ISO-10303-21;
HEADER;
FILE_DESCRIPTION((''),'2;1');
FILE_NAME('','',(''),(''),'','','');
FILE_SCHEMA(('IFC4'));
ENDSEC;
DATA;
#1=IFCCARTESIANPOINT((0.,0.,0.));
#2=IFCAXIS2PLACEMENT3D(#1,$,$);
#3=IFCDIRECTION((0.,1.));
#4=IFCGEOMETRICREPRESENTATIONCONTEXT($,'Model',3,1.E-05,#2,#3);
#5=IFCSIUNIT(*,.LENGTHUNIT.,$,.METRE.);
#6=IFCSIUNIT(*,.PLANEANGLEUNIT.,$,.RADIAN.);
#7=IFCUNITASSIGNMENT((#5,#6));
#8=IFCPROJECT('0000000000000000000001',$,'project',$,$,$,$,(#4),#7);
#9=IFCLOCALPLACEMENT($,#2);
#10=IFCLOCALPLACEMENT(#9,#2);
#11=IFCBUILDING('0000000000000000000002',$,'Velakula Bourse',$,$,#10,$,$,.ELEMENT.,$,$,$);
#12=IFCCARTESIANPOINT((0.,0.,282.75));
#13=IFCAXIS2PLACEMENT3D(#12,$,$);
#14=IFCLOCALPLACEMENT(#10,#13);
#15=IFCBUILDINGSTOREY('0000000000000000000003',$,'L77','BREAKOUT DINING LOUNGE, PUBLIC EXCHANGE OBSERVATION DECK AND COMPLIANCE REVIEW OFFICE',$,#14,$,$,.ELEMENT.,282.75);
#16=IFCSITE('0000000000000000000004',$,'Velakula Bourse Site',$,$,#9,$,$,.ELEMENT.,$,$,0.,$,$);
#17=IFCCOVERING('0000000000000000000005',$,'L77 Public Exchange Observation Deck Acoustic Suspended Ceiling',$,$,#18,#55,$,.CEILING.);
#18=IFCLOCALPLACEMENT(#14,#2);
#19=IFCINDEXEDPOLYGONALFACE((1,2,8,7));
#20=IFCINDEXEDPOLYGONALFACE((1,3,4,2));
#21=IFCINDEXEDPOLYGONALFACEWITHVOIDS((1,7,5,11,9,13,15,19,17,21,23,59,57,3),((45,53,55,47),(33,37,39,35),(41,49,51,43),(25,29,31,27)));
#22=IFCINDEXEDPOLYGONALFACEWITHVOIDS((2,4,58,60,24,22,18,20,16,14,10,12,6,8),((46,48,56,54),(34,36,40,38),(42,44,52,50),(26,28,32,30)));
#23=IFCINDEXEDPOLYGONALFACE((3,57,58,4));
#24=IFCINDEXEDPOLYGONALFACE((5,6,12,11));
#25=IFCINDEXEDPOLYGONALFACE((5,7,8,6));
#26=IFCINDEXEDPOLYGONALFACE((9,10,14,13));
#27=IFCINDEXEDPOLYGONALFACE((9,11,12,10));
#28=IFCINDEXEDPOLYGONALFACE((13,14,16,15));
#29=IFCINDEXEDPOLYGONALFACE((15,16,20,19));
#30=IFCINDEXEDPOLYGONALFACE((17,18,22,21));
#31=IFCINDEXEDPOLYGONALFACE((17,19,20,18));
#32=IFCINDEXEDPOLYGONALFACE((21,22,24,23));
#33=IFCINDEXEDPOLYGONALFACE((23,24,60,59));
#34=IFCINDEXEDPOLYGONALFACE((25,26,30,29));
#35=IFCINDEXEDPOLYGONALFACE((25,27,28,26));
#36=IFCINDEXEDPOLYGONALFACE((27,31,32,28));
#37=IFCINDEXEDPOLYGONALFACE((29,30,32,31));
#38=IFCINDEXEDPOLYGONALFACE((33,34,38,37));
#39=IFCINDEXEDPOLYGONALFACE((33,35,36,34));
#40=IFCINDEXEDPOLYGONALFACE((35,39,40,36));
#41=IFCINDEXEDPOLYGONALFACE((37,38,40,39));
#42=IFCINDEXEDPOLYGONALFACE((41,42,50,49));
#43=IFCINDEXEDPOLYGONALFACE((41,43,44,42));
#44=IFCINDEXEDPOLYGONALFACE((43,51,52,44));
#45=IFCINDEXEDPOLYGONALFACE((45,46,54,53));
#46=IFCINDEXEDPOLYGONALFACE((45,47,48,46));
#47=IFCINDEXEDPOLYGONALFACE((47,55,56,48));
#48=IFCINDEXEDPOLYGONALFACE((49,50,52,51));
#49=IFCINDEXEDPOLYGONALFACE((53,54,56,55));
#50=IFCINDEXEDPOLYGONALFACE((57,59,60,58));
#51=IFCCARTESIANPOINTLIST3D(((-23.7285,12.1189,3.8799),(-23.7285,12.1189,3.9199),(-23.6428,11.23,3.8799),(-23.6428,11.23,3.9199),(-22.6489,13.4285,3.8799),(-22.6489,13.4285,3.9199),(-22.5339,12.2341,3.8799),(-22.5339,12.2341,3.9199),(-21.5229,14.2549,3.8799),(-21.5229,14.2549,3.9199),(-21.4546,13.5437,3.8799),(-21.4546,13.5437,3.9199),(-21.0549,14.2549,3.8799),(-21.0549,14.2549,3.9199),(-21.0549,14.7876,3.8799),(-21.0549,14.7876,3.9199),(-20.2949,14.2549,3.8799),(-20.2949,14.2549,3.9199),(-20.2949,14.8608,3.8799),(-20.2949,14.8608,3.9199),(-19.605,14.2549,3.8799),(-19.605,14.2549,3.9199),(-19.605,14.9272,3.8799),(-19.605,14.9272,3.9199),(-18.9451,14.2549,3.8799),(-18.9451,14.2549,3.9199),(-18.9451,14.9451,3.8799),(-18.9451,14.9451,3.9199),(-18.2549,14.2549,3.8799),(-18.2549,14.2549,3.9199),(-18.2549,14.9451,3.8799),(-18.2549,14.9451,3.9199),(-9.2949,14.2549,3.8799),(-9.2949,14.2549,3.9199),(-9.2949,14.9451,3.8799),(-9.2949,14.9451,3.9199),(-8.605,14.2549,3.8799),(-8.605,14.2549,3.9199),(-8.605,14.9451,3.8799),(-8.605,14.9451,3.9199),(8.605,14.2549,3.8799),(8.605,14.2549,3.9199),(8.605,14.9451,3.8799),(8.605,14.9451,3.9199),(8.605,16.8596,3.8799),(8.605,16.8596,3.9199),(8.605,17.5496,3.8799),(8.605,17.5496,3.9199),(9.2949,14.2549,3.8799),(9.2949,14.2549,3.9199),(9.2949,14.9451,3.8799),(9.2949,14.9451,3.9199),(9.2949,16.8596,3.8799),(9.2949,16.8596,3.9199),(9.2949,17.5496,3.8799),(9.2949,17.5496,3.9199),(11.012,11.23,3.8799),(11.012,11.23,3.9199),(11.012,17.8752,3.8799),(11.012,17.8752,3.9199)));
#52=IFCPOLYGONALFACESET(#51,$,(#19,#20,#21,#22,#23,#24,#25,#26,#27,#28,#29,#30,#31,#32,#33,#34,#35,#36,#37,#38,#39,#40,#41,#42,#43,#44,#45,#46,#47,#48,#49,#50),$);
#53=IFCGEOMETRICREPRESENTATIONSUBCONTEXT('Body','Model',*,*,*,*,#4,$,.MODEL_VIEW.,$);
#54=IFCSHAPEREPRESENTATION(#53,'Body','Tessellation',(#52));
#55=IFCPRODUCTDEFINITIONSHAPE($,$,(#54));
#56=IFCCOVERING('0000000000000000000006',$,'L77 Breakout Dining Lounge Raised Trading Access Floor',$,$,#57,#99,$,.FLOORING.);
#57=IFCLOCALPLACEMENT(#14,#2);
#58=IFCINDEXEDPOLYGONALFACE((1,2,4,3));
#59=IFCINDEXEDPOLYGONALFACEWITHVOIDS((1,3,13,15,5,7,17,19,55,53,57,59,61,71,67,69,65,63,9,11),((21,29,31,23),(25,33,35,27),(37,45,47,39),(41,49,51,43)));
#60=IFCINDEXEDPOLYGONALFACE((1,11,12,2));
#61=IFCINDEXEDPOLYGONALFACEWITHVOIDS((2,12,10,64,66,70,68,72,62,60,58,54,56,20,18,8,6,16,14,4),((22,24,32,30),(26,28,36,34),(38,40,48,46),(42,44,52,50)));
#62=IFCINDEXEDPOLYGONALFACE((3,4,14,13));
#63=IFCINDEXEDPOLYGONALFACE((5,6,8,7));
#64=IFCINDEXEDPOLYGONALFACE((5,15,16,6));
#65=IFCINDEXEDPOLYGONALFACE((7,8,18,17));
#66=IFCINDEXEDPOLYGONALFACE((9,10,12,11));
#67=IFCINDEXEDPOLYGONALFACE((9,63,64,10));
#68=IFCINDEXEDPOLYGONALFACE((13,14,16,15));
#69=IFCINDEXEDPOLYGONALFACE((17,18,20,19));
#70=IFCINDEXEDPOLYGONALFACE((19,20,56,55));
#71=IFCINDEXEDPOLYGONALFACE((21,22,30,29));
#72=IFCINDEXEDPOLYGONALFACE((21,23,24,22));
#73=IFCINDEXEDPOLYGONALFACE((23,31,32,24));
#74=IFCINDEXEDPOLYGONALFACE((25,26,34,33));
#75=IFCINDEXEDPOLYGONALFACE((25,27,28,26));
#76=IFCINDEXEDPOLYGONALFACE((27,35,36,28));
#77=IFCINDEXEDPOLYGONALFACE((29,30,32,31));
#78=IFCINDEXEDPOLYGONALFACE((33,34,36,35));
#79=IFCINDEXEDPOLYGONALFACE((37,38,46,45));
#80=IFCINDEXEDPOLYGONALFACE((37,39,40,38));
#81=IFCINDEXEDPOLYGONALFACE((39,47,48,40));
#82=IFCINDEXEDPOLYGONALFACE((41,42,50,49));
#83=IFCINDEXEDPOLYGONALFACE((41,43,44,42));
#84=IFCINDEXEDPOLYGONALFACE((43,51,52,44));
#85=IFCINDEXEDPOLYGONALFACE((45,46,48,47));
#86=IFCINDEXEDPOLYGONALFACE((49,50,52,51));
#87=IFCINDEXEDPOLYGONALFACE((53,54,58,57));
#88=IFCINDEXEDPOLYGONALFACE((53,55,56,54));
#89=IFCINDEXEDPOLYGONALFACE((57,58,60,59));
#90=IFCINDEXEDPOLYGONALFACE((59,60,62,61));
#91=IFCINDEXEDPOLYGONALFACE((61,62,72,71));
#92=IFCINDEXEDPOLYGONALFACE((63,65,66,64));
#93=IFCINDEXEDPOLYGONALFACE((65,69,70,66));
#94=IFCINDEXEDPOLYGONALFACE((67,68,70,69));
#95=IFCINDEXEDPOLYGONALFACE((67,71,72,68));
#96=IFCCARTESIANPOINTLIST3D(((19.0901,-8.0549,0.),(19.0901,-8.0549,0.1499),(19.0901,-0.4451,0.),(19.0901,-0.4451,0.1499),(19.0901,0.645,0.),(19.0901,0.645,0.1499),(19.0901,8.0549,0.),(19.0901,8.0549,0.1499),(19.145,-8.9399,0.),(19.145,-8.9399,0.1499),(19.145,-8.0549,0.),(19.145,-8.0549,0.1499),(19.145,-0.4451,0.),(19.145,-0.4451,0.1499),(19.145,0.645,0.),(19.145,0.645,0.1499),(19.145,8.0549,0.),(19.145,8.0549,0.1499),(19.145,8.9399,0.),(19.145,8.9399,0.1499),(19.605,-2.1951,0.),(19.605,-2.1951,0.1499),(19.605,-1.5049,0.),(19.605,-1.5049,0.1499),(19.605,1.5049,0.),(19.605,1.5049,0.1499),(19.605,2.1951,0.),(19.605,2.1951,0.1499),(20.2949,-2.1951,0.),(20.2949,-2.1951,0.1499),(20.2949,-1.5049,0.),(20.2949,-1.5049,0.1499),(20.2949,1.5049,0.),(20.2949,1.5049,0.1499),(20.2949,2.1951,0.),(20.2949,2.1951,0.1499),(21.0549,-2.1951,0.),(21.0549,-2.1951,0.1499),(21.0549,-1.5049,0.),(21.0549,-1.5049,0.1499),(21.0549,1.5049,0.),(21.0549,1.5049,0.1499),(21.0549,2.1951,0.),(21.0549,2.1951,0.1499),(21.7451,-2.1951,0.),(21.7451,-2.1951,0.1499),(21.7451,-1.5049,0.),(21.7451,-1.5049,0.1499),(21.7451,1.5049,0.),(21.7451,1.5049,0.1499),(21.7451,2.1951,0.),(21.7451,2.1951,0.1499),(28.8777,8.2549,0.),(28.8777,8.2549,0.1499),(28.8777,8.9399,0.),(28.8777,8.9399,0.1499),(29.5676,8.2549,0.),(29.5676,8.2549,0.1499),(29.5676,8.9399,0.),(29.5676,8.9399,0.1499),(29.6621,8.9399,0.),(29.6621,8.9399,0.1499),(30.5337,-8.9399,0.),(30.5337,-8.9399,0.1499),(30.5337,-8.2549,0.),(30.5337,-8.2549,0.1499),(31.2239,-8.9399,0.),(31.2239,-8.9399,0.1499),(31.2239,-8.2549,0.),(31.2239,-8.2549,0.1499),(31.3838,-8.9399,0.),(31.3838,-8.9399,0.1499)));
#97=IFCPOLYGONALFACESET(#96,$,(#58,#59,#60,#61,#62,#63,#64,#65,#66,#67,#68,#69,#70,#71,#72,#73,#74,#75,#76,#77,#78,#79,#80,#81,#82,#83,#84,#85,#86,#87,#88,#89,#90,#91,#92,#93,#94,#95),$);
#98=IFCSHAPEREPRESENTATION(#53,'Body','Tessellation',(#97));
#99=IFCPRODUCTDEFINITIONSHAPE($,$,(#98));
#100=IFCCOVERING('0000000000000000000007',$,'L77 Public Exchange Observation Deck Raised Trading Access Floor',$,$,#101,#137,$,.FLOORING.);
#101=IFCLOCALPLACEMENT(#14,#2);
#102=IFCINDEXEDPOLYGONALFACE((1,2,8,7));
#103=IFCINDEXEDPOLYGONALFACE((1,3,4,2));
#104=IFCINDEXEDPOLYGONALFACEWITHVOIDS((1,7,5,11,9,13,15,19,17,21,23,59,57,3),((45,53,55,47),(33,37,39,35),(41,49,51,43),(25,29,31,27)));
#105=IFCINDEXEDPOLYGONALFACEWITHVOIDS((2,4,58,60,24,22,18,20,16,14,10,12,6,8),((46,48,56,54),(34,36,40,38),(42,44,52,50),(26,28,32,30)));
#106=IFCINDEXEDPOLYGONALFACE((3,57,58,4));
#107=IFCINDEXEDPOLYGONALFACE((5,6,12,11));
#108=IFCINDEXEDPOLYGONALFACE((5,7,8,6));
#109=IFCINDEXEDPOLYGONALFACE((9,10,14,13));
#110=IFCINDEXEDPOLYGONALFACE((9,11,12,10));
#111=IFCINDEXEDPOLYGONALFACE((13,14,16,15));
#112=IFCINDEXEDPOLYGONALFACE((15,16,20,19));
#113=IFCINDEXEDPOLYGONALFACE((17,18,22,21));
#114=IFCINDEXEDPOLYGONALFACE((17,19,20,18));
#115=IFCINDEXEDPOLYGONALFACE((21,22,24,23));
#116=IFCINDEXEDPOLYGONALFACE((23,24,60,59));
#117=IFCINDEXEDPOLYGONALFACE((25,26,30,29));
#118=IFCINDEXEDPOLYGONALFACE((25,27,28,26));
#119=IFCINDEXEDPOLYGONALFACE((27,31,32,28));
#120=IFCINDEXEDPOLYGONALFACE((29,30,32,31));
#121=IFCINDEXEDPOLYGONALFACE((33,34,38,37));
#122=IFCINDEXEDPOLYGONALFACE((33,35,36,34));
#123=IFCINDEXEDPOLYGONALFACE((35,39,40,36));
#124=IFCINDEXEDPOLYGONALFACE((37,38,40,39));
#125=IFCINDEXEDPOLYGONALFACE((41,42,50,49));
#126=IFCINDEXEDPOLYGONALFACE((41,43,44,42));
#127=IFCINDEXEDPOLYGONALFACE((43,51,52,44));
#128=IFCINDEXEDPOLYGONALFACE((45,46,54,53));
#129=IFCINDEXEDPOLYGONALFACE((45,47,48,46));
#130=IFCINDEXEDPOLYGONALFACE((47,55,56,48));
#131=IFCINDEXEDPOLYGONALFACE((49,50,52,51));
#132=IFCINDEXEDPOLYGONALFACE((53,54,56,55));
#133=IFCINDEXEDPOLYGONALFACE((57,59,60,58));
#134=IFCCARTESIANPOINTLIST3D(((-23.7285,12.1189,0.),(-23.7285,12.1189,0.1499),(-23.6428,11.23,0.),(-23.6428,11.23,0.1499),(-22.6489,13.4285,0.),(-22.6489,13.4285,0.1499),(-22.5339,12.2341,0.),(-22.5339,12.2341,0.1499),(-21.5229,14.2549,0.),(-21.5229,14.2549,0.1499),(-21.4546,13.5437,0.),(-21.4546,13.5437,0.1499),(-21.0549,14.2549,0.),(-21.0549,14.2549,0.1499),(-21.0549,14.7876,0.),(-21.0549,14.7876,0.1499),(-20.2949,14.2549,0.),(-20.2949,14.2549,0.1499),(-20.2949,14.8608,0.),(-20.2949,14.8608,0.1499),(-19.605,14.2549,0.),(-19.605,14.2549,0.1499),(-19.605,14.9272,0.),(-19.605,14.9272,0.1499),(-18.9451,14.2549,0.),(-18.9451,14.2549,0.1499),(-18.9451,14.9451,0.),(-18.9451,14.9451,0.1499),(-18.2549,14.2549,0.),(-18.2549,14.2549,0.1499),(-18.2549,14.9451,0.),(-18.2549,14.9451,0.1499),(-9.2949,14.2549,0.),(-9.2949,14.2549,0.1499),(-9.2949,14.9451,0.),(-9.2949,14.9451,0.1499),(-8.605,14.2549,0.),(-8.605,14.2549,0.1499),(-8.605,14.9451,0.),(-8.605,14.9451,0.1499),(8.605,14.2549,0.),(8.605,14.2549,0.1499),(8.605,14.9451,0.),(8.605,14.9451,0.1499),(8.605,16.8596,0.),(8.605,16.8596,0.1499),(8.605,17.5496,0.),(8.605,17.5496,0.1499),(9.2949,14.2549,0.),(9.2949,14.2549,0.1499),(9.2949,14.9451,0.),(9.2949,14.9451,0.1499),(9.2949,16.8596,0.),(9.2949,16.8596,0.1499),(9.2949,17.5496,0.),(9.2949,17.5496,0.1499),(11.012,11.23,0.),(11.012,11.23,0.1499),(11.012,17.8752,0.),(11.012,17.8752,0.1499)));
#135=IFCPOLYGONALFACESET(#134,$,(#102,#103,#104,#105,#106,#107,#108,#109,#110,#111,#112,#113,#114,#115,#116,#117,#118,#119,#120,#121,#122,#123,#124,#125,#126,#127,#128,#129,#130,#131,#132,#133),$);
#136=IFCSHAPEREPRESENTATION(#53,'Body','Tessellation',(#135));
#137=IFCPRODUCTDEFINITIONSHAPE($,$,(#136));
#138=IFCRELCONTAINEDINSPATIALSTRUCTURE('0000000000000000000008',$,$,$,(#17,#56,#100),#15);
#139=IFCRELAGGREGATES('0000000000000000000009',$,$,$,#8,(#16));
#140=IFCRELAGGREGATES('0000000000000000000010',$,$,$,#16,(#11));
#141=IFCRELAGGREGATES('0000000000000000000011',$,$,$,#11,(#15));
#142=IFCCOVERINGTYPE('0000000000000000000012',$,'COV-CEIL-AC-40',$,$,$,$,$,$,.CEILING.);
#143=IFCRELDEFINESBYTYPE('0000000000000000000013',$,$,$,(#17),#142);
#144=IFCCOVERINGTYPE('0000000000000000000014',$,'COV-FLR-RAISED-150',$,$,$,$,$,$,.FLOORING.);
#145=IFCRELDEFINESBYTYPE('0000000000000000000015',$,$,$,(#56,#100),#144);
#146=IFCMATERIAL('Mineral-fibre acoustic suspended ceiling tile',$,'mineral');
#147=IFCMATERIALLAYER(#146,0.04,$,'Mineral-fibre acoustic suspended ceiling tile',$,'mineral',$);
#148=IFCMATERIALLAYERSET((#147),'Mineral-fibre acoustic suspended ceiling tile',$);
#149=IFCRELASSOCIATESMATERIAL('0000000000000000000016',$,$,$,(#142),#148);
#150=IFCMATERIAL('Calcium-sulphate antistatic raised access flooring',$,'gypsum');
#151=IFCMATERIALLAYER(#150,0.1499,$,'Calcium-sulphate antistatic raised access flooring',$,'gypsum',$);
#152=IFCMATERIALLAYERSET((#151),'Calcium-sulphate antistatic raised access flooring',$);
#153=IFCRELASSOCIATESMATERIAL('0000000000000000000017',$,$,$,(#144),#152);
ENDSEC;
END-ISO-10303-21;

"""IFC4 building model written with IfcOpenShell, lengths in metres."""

from ifc_helpers import new_model, si_unit, direction, frame, origin, place, context, subcontext, project, spatial, polyline, outline, extrude, material, layer, layer_set, type_object, element, save


model = new_model("IFC4")

# Units and contexts
model_context = context("Model", 3, precision=1e-05, world=origin(), true_north=direction((0.0, 1.0)))
body_context = subcontext(model_context, "Body", "Model", "MODEL_VIEW")
ifc_project = project(units=[si_unit("LENGTHUNIT", "METRE"), si_unit("PLANEANGLEUNIT", "RADIAN")], contexts=[model_context])

# Site, building, storey
site_placement = place(None, origin())
site = spatial("IfcSite", under=ifc_project, at=site_placement, Name="Velakula Bourse Site", CompositionType="ELEMENT", RefElevation=0.0)
building_placement = place(site_placement, origin())
building = spatial("IfcBuilding", under=site, at=building_placement, Name="Velakula Bourse", CompositionType="ELEMENT")
storey_placement = place(building_placement, frame((0.0, 0.0, 282.75)))
storey = spatial("IfcBuildingStorey", under=building, at=storey_placement, Name="L77", Description="BREAKOUT DINING LOUNGE, PUBLIC EXCHANGE OBSERVATION DECK AND COMPLIANCE REVIEW OFFICE", CompositionType="ELEMENT", Elevation=282.75)

# Coverings
ifc_material_1 = material(Name="Mineral-fibre acoustic suspended ceiling tile", Category="mineral")
ifc_layer_1 = layer(ifc_material_1, 0.04, Name="Mineral-fibre acoustic suspended ceiling tile", Category="mineral")
ifc_layer_set_1 = layer_set([ifc_layer_1], Name="Mineral-fibre acoustic suspended ceiling tile")
covering_type_1 = type_object("IfcCoveringType", Name="COV-CEIL-AC-40", PredefinedType="CEILING", material=ifc_layer_set_1)
covering_1_placement = place(storey_placement, frame((0.0, 0.0, 3.8799)))
element("IfcCovering", 1, at=covering_1_placement, inside=storey, type_object=covering_type_1, Name="L77 Public Exchange Observation Deck Acoustic Suspended Ceiling", PredefinedType="CEILING", context=body_context, shape_type="SweptSolid", body=[
    extrude(outline(polyline([(-22.6489, 13.4285), (-21.4546, 13.5437), (-21.5229, 14.2549), (-21.0549, 14.2549), (-21.0549, 14.7876), (-20.2949, 14.8608), (-20.2949, 14.2549), (-19.605, 14.2549), (-19.605, 14.9272), (11.012, 17.8752), (11.012, 11.23), (-23.6428, 11.23), (-23.7285, 12.1189), (-22.5339, 12.2341), (-22.6489, 13.4285)]), holes=[polyline([(-18.9451, 14.2549), (-18.2549, 14.2549), (-18.2549, 14.9451), (-18.9451, 14.9451), (-18.9451, 14.2549)]), polyline([(8.605, 14.2549), (9.2949, 14.2549), (9.2949, 14.9451), (8.605, 14.9451), (8.605, 14.2549)]), polyline([(-8.605, 14.2549), (-8.605, 14.9451), (-9.2949, 14.9451), (-9.2949, 14.2549), (-8.605, 14.2549)]), polyline([(8.605, 16.8596), (9.2949, 16.8596), (9.2949, 17.5496), (8.605, 17.5496), (8.605, 16.8596)])]), origin(), (0.0, 0.0, 1.0), 0.04),
])
ifc_material_2 = material(Name="Calcium-sulphate antistatic raised access flooring", Category="gypsum")
ifc_layer_2 = layer(ifc_material_2, 0.1499, Name="Calcium-sulphate antistatic raised access flooring", Category="gypsum")
ifc_layer_set_2 = layer_set([ifc_layer_2], Name="Calcium-sulphate antistatic raised access flooring")
covering_type_2 = type_object("IfcCoveringType", Name="COV-FLR-RAISED-150", PredefinedType="FLOORING", material=ifc_layer_set_2)
covering_2_placement = place(storey_placement, origin())
element("IfcCovering", 2, at=covering_2_placement, inside=storey, type_object=covering_type_2, Name="L77 Breakout Dining Lounge Raised Trading Access Floor", PredefinedType="FLOORING", context=body_context, shape_type="SweptSolid", body=[
    extrude(outline(polyline([(19.0901, -0.4451), (19.145, -0.4451), (19.145, 0.645), (19.0901, 0.645), (19.0901, 8.0549), (19.145, 8.0549), (19.145, 8.9399), (28.8777, 8.9399), (28.8777, 8.2549), (29.5676, 8.2549), (29.5676, 8.9399), (29.6621, 8.9399), (31.3838, -8.9399), (31.2239, -8.9399), (31.2239, -8.2549), (30.5337, -8.2549), (30.5337, -8.9399), (19.145, -8.9399), (19.145, -8.0549), (19.0901, -8.0549), (19.0901, -0.4451)]), holes=[polyline([(19.605, -2.1951), (20.2949, -2.1951), (20.2949, -1.5049), (19.605, -1.5049), (19.605, -2.1951)]), polyline([(21.0549, -2.1951), (21.7451, -2.1951), (21.7451, -1.5049), (21.0549, -1.5049), (21.0549, -2.1951)]), polyline([(19.605, 1.5049), (20.2949, 1.5049), (20.2949, 2.1951), (19.605, 2.1951), (19.605, 1.5049)]), polyline([(21.0549, 1.5049), (21.7451, 1.5049), (21.7451, 2.1951), (21.0549, 2.1951), (21.0549, 1.5049)])]), origin(), (0.0, 0.0, 1.0), 0.1499),
])
covering_3_placement = place(storey_placement, origin())
element("IfcCovering", 3, at=covering_3_placement, inside=storey, type_object=covering_type_2, Name="L77 Public Exchange Observation Deck Raised Trading Access Floor", PredefinedType="FLOORING", context=body_context, shape_type="SweptSolid", body=[
    extrude(outline(polyline([(-22.6489, 13.4285), (-21.4546, 13.5437), (-21.5229, 14.2549), (-21.0549, 14.2549), (-21.0549, 14.7876), (-20.2949, 14.8608), (-20.2949, 14.2549), (-19.605, 14.2549), (-19.605, 14.9272), (11.012, 17.8752), (11.012, 11.23), (-23.6428, 11.23), (-23.7285, 12.1189), (-22.5339, 12.2341), (-22.6489, 13.4285)]), holes=[polyline([(-18.9451, 14.2549), (-18.2549, 14.2549), (-18.2549, 14.9451), (-18.9451, 14.9451), (-18.9451, 14.2549)]), polyline([(8.605, 14.2549), (9.2949, 14.2549), (9.2949, 14.9451), (8.605, 14.9451), (8.605, 14.2549)]), polyline([(-8.605, 14.2549), (-8.605, 14.9451), (-9.2949, 14.9451), (-9.2949, 14.2549), (-8.605, 14.2549)]), polyline([(8.605, 16.8596), (9.2949, 16.8596), (9.2949, 17.5496), (8.605, 17.5496), (8.605, 16.8596)])]), origin(), (0.0, 0.0, 1.0), 0.1499),
])

save(model, "model.ifc")
